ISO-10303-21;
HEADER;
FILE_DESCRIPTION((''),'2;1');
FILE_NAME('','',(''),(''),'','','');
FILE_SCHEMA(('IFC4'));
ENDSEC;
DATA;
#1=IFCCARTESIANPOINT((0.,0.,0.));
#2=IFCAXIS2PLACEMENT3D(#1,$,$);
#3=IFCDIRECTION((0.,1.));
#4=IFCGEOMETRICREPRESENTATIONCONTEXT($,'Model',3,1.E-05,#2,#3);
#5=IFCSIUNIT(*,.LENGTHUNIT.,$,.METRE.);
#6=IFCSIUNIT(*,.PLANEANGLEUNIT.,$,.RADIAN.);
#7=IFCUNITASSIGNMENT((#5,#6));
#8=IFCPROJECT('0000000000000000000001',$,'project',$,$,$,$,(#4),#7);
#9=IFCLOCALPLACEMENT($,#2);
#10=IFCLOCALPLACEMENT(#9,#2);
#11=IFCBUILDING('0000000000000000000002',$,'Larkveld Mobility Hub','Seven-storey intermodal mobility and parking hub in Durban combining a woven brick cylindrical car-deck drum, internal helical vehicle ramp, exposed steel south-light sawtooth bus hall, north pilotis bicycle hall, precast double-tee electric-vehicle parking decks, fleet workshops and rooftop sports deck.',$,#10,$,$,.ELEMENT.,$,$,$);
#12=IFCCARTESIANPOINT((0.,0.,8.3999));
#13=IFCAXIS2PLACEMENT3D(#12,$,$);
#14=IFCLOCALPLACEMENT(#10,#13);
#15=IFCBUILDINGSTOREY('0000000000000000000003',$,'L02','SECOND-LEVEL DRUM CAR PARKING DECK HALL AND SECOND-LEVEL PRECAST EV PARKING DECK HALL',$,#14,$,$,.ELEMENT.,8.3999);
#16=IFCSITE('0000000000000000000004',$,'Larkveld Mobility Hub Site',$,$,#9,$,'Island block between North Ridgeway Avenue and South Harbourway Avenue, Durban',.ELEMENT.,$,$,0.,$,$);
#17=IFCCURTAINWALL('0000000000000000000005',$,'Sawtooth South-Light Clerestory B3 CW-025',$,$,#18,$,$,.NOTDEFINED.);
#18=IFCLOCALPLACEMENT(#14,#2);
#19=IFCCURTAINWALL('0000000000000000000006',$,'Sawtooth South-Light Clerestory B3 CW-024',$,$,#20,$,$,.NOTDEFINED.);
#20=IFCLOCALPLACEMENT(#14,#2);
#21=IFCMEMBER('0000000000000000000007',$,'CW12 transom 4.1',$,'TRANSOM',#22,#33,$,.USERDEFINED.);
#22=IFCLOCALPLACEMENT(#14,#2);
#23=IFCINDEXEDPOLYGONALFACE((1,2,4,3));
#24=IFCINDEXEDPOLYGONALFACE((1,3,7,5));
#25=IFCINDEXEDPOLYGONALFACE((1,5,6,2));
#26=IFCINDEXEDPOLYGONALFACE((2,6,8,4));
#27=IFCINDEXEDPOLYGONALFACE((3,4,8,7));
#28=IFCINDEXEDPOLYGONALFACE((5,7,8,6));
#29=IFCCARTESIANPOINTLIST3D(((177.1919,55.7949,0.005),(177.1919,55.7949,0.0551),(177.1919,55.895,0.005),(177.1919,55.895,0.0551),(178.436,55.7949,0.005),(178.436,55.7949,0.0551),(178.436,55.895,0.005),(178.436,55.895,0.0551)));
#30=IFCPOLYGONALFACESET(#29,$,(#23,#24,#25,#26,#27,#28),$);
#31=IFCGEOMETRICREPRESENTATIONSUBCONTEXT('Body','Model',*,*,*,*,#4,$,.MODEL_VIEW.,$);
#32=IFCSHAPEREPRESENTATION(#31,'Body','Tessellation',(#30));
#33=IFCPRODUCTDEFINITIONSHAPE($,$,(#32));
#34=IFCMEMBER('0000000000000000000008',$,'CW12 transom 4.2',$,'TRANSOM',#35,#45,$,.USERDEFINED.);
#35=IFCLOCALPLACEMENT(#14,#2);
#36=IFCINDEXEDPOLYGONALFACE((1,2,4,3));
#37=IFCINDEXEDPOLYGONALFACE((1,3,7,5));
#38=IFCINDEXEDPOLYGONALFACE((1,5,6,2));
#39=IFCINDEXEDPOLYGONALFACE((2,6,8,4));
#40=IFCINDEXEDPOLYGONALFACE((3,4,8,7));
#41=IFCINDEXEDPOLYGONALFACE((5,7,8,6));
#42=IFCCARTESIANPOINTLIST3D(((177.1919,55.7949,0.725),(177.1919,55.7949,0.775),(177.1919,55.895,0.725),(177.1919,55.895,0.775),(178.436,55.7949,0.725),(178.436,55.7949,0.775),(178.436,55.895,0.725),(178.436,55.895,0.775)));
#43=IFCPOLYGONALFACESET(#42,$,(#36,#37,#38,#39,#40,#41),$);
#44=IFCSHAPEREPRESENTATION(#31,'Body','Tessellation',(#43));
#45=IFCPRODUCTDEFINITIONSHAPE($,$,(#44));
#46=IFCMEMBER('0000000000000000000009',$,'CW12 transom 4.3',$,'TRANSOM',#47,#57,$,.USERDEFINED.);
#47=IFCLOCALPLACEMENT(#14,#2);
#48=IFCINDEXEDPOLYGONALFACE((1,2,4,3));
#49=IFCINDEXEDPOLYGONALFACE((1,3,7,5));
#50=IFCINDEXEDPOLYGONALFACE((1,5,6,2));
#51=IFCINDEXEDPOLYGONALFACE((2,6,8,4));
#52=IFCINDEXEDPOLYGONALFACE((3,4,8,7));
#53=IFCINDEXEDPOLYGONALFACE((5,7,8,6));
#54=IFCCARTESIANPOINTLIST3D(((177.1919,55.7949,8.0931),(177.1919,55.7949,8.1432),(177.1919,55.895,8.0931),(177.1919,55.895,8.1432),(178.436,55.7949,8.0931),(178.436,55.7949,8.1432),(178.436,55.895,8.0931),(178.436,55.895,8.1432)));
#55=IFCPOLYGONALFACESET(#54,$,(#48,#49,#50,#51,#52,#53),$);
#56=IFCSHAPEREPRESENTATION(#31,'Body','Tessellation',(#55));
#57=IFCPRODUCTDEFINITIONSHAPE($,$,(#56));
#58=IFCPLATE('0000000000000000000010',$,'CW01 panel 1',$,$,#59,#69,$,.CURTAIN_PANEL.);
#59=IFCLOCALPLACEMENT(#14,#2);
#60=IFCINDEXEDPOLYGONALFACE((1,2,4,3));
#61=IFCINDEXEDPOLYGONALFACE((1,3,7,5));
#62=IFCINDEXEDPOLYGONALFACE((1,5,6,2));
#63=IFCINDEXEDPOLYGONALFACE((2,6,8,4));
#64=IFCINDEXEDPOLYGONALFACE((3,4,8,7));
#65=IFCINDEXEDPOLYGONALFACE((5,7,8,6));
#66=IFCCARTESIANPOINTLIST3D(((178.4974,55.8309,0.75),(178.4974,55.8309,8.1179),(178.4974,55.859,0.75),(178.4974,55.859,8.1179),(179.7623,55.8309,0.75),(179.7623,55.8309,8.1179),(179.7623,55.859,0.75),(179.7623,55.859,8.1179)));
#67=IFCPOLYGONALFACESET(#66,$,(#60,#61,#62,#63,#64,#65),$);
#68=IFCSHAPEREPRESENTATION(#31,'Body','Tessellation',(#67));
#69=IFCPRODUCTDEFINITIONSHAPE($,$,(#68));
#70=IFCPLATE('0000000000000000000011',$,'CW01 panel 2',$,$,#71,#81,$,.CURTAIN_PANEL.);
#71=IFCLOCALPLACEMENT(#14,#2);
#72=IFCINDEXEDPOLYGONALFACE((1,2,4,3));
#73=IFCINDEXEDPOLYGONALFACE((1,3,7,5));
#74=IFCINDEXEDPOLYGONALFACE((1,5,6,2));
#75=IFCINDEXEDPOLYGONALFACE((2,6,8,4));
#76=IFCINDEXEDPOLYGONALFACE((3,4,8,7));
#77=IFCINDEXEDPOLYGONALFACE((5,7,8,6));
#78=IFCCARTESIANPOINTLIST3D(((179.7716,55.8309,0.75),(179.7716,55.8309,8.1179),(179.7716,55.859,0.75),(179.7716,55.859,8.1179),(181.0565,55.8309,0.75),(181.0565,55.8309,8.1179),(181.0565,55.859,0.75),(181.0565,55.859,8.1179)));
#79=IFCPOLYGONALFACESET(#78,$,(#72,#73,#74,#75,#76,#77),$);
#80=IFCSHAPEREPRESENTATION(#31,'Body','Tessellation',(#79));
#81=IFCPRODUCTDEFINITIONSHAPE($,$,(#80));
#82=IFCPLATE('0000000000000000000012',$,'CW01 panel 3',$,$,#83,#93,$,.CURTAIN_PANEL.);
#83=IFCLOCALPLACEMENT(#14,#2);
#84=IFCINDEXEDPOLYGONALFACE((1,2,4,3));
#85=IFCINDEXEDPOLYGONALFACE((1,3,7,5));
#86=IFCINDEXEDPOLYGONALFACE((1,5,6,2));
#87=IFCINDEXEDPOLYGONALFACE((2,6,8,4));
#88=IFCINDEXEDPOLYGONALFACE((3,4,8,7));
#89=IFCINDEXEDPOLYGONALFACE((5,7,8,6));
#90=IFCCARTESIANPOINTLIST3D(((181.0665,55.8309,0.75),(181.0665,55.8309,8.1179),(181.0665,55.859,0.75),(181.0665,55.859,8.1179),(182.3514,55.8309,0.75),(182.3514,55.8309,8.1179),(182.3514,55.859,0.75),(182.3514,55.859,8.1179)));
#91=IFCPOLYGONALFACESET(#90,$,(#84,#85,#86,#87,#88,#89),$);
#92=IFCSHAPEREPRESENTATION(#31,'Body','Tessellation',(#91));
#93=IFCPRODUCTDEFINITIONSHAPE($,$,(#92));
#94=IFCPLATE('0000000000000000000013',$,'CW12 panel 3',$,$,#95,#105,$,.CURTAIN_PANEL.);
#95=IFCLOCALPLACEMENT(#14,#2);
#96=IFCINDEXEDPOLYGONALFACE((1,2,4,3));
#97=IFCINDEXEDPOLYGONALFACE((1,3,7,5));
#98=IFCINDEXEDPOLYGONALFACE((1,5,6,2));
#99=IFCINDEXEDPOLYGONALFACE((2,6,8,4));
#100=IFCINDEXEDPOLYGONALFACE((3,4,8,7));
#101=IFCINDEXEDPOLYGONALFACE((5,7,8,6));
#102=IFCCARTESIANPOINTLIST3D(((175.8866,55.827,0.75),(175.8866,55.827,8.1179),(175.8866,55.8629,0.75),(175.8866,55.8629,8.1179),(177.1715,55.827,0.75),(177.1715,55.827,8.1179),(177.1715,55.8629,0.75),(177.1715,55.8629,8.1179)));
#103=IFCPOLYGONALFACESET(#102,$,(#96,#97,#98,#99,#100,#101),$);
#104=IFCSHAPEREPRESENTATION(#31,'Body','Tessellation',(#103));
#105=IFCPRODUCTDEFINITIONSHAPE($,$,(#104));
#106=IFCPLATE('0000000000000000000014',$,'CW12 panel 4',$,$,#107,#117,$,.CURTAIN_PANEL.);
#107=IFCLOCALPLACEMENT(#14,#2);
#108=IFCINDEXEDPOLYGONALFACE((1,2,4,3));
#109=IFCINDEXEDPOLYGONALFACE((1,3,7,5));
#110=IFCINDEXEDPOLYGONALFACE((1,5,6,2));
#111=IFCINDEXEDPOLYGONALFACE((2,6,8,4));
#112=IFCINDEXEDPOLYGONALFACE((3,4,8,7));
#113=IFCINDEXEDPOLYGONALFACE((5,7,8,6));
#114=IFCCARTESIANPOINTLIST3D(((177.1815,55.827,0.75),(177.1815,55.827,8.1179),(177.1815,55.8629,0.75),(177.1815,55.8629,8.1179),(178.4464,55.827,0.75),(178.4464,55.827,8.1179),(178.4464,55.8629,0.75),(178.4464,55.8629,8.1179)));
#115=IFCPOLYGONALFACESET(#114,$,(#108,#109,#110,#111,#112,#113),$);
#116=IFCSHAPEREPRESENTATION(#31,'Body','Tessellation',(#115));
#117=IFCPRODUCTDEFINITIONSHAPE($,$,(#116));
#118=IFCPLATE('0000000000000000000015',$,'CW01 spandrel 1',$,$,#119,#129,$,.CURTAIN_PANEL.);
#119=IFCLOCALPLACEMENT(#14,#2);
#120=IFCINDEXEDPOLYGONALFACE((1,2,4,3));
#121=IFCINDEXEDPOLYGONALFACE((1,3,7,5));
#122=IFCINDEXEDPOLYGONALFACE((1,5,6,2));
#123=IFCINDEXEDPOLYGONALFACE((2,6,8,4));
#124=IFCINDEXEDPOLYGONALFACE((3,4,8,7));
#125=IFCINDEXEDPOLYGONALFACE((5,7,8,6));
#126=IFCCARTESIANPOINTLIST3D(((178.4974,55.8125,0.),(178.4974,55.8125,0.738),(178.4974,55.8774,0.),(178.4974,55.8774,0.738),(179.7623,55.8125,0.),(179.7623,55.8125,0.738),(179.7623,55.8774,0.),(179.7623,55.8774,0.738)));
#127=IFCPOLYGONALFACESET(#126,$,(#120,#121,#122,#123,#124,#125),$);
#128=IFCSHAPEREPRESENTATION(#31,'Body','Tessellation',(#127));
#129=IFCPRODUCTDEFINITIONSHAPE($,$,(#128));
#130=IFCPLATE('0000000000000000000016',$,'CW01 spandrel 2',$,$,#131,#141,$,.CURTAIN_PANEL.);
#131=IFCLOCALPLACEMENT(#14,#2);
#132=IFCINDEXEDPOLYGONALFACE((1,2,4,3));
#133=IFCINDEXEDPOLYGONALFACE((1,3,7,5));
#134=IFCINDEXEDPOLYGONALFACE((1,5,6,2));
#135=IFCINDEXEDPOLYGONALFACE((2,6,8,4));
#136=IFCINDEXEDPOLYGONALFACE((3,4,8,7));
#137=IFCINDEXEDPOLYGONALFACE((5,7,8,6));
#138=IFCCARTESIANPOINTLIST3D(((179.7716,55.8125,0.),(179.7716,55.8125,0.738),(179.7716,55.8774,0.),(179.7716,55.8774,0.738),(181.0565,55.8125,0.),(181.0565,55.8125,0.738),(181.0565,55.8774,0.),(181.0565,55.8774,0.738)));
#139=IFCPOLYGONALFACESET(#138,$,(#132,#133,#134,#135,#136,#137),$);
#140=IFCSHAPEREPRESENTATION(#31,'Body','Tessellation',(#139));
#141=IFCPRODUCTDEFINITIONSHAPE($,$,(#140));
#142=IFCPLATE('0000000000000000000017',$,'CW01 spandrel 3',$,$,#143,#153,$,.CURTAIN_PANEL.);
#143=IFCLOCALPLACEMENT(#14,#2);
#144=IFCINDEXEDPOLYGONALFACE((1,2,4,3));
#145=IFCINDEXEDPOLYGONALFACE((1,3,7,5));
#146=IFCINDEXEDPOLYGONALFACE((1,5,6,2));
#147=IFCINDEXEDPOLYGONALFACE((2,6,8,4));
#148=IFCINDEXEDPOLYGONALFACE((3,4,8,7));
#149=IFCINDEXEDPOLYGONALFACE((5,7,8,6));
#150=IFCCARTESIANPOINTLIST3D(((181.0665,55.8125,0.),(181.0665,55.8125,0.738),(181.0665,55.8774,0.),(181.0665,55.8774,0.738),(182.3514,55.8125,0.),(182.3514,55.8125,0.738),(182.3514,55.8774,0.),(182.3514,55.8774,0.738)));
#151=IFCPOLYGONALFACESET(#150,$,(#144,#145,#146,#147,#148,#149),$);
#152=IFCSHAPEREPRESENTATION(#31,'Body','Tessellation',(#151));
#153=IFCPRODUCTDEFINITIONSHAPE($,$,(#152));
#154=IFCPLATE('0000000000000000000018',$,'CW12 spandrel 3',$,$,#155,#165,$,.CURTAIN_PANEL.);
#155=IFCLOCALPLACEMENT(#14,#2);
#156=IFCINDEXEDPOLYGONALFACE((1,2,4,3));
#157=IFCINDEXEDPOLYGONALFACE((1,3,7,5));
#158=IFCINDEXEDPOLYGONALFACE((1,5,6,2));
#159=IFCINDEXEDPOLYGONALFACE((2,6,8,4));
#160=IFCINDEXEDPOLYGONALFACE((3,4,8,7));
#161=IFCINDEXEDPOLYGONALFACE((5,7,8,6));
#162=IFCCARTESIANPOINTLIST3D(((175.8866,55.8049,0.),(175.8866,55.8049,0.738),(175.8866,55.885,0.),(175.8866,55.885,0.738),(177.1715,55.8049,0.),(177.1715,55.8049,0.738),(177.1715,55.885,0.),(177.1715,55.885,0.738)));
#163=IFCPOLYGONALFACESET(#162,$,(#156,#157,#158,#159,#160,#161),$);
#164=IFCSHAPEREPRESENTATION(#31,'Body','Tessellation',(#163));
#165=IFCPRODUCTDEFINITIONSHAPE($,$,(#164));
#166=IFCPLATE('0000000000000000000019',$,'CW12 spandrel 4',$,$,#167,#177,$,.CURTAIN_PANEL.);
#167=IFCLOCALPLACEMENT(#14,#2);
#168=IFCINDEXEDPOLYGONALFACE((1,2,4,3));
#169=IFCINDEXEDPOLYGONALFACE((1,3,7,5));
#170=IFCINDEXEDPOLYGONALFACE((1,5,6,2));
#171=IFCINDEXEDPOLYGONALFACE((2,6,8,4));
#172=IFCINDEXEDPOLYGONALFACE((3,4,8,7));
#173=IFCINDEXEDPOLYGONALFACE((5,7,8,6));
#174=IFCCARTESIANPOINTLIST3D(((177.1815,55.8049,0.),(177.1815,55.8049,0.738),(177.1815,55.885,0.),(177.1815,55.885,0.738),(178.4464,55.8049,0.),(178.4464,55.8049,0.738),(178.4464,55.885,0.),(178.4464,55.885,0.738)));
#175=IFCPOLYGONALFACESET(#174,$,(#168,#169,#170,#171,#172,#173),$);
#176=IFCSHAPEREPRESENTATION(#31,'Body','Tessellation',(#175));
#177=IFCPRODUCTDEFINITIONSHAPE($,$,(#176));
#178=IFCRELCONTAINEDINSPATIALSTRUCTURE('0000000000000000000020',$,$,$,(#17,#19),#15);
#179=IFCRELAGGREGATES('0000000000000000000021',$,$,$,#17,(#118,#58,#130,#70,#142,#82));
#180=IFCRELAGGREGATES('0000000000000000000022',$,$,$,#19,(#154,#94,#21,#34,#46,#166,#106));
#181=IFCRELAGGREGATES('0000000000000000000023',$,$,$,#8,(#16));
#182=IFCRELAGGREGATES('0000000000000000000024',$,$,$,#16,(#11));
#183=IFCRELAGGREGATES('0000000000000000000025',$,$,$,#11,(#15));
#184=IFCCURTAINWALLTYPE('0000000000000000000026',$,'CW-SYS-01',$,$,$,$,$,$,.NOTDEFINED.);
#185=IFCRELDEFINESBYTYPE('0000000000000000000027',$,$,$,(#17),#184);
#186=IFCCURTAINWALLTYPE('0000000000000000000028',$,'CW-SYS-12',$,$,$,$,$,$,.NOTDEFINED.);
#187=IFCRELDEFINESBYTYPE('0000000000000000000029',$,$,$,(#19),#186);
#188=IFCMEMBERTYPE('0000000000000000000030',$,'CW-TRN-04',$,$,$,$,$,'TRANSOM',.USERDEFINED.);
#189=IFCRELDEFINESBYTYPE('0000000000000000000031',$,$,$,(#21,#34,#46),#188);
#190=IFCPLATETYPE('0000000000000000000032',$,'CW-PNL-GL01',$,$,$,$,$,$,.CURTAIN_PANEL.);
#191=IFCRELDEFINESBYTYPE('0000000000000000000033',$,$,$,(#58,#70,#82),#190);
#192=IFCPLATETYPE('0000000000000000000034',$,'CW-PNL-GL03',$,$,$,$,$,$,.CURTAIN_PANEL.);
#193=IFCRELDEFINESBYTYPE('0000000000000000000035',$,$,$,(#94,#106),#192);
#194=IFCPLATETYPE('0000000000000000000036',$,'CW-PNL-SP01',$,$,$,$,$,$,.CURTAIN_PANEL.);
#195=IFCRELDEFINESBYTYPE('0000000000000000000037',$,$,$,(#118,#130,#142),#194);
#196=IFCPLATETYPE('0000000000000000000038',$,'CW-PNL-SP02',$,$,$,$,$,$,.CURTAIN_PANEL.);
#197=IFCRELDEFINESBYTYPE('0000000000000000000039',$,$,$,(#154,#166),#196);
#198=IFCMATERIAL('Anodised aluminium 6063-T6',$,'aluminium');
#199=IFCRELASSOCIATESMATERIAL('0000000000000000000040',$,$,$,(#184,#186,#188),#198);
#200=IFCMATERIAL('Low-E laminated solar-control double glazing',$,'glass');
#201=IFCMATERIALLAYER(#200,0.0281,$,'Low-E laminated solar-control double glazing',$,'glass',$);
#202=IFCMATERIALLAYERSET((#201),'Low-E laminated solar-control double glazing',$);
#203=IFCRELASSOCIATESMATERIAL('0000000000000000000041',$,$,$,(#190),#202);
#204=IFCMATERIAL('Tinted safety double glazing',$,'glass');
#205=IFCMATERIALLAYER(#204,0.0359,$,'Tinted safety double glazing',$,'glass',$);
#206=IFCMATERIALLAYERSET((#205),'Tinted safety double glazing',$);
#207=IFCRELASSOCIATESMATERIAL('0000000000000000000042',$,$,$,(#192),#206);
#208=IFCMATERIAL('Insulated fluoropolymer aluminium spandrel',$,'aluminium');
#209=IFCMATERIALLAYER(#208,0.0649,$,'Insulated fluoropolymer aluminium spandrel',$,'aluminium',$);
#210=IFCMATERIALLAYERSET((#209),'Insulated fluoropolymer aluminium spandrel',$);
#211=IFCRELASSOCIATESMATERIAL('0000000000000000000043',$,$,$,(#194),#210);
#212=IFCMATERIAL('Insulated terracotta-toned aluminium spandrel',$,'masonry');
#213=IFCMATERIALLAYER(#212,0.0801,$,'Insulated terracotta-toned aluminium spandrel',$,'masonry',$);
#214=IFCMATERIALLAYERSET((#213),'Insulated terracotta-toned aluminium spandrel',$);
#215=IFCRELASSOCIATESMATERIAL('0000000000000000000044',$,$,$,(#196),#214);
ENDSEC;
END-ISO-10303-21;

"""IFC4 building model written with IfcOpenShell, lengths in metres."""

from ifc_helpers import new_model, si_unit, direction, frame, origin, origin_2d, place, context, subcontext, project, spatial, rectangle, extrude, material, layer, layer_set, material_profile, profile_set, type_object, element, aggregate, save


model = new_model("IFC4")

# Units and contexts
model_context = context("Model", 3, precision=1e-05, world=origin(), true_north=direction((0.0, 1.0)))
body_context = subcontext(model_context, "Body", "Model", "MODEL_VIEW")
ifc_project = project(units=[si_unit("LENGTHUNIT", "METRE"), si_unit("PLANEANGLEUNIT", "RADIAN")], contexts=[model_context])

# Site, building, storey
site_placement = place(None, origin())
site = spatial("IfcSite", under=ifc_project, at=site_placement, Name="Larkveld Mobility Hub Site", LongName="Island block between North Ridgeway Avenue and South Harbourway Avenue, Durban", CompositionType="ELEMENT", RefElevation=0.0)
building_placement = place(site_placement, origin())
building = spatial("IfcBuilding", under=site, at=building_placement, Name="Larkveld Mobility Hub", Description="Seven-storey intermodal mobility and parking hub in Durban combining a woven brick cylindrical car-deck drum, internal helical vehicle ramp, exposed steel south-light sawtooth bus hall, north pilotis bicycle hall, precast double-tee electric-vehicle parking decks, fleet workshops and rooftop sports deck.", CompositionType="ELEMENT")
storey_placement = place(building_placement, frame((0.0, 0.0, 8.3999)))
storey = spatial("IfcBuildingStorey", under=building, at=storey_placement, Name="L02", Description="SECOND-LEVEL DRUM CAR PARKING DECK HALL AND SECOND-LEVEL PRECAST EV PARKING DECK HALL", CompositionType="ELEMENT", Elevation=8.3999)

# Curtain walls
ifc_material_1 = material(Name="Anodised aluminium 6063-T6", Category="aluminium")
curtain_wall_type_1 = type_object("IfcCurtainWallType", Name="CW-SYS-01", PredefinedType="NOTDEFINED", material=ifc_material_1)
curtain_wall_1_placement = place(storey_placement, origin())
curtain_wall_1 = element("IfcCurtainWall", 1, at=curtain_wall_1_placement, inside=storey, type_object=curtain_wall_type_1, Name="Sawtooth South-Light Clerestory B3 CW-025", PredefinedType="NOTDEFINED")
curtain_wall_type_2 = type_object("IfcCurtainWallType", Name="CW-SYS-12", PredefinedType="NOTDEFINED", material=ifc_material_1)
curtain_wall_2_placement = place(storey_placement, origin())
curtain_wall_2 = element("IfcCurtainWall", 2, at=curtain_wall_2_placement, inside=storey, type_object=curtain_wall_type_2, Name="Sawtooth South-Light Clerestory B3 CW-024", PredefinedType="NOTDEFINED")

# Members
ifc_material_profile_1 = material_profile(ifc_material_1, rectangle(XDim=0.1001, YDim=0.05, at=origin_2d()), Name="ALU TRAN 50x100")
ifc_profile_set_1 = profile_set([ifc_material_profile_1], Name="Anodised aluminium 6063-T6")
member_type_1 = type_object("IfcMemberType", Name="CW-TRN-04", ElementType="TRANSOM", PredefinedType="USERDEFINED", material=ifc_profile_set_1)
member_1_placement = place(storey_placement, frame((177.1919, 55.845, 0.03), z_axis=(1.0, 0.0, 0.0), x_axis=(0.0, 1.0, 0.0)))
member_1 = element("IfcMember", 3, at=member_1_placement, type_object=member_type_1, Name="CW12 transom 4.1", ObjectType="TRANSOM", PredefinedType="USERDEFINED", context=body_context, shape_type="SweptSolid", body=[
    extrude(rectangle(XDim=0.1001, YDim=0.05, at=origin_2d()), origin(), (0.0, 0.0, 1.0), 1.2441),
])
member_2_placement = place(storey_placement, frame((177.1919, 55.845, 0.75), z_axis=(1.0, 0.0, 0.0), x_axis=(0.0, 1.0, 0.0)))
member_2 = element("IfcMember", 4, at=member_2_placement, type_object=member_type_1, Name="CW12 transom 4.2", ObjectType="TRANSOM", PredefinedType="USERDEFINED", context=body_context, shape_type="SweptSolid", body=[
    extrude(rectangle(XDim=0.1001, YDim=0.05, at=origin_2d()), origin(), (0.0, 0.0, 1.0), 1.2441),
])
member_3_placement = place(storey_placement, frame((177.1919, 55.845, 8.1182), z_axis=(1.0, 0.0, 0.0), x_axis=(0.0, 1.0, 0.0)))
member_3 = element("IfcMember", 5, at=member_3_placement, type_object=member_type_1, Name="CW12 transom 4.3", ObjectType="TRANSOM", PredefinedType="USERDEFINED", context=body_context, shape_type="SweptSolid", body=[
    extrude(rectangle(XDim=0.1001, YDim=0.05, at=origin_2d()), origin(), (0.0, 0.0, 1.0), 1.2441),
])

# Plates
ifc_material_2 = material(Name="Low-E laminated solar-control double glazing", Category="glass")
ifc_layer_1 = layer(ifc_material_2, 0.0281, Name="Low-E laminated solar-control double glazing", Category="glass")
ifc_layer_set_1 = layer_set([ifc_layer_1], Name="Low-E laminated solar-control double glazing")
plate_type_1 = type_object("IfcPlateType", Name="CW-PNL-GL01", PredefinedType="CURTAIN_PANEL", material=ifc_layer_set_1)
plate_1_placement = place(storey_placement, frame((179.1299, 55.845, 0.75), z_axis=(0.0, 0.0, 1.0), x_axis=(1.0, 0.0, 0.0)))
plate_1 = element("IfcPlate", 6, at=plate_1_placement, type_object=plate_type_1, Name="CW01 panel 1", PredefinedType="CURTAIN_PANEL", context=body_context, shape_type="SweptSolid", body=[
    extrude(rectangle(XDim=1.2649, YDim=0.0281, at=origin_2d()), origin(), (0.0, 0.0, 1.0), 7.3679),
])
plate_2_placement = place(storey_placement, frame((180.4141, 55.845, 0.75), z_axis=(0.0, 0.0, 1.0), x_axis=(1.0, 0.0, 0.0)))
plate_2 = element("IfcPlate", 7, at=plate_2_placement, type_object=plate_type_1, Name="CW01 panel 2", PredefinedType="CURTAIN_PANEL", context=body_context, shape_type="SweptSolid", body=[
    extrude(rectangle(XDim=1.2849, YDim=0.0281, at=origin_2d()), origin(), (0.0, 0.0, 1.0), 7.3679),
])
plate_3_placement = place(storey_placement, frame((181.709, 55.845, 0.75), z_axis=(0.0, 0.0, 1.0), x_axis=(1.0, 0.0, 0.0)))
plate_3 = element("IfcPlate", 8, at=plate_3_placement, type_object=plate_type_1, Name="CW01 panel 3", PredefinedType="CURTAIN_PANEL", context=body_context, shape_type="SweptSolid", body=[
    extrude(rectangle(XDim=1.2849, YDim=0.0281, at=origin_2d()), origin(), (0.0, 0.0, 1.0), 7.3679),
])
ifc_material_3 = material(Name="Tinted safety double glazing", Category="glass")
ifc_layer_2 = layer(ifc_material_3, 0.0359, Name="Tinted safety double glazing", Category="glass")
ifc_layer_set_2 = layer_set([ifc_layer_2], Name="Tinted safety double glazing")
plate_type_2 = type_object("IfcPlateType", Name="CW-PNL-GL03", PredefinedType="CURTAIN_PANEL", material=ifc_layer_set_2)
plate_4_placement = place(storey_placement, frame((176.5291, 55.845, 0.75), z_axis=(0.0, 0.0, 1.0), x_axis=(1.0, 0.0, 0.0)))
plate_4 = element("IfcPlate", 9, at=plate_4_placement, type_object=plate_type_2, Name="CW12 panel 3", PredefinedType="CURTAIN_PANEL", context=body_context, shape_type="SweptSolid", body=[
    extrude(rectangle(XDim=1.2849, YDim=0.0359, at=origin_2d()), origin(), (0.0, 0.0, 1.0), 7.3679),
])
plate_5_placement = place(storey_placement, frame((177.814, 55.845, 0.75), z_axis=(0.0, 0.0, 1.0), x_axis=(1.0, 0.0, 0.0)))
plate_5 = element("IfcPlate", 10, at=plate_5_placement, type_object=plate_type_2, Name="CW12 panel 4", PredefinedType="CURTAIN_PANEL", context=body_context, shape_type="SweptSolid", body=[
    extrude(rectangle(XDim=1.2649, YDim=0.0359, at=origin_2d()), origin(), (0.0, 0.0, 1.0), 7.3679),
])
ifc_material_4 = material(Name="Insulated fluoropolymer aluminium spandrel", Category="aluminium")
ifc_layer_3 = layer(ifc_material_4, 0.0649, Name="Insulated fluoropolymer aluminium spandrel", Category="aluminium")
ifc_layer_set_3 = layer_set([ifc_layer_3], Name="Insulated fluoropolymer aluminium spandrel")
plate_type_3 = type_object("IfcPlateType", Name="CW-PNL-SP01", PredefinedType="CURTAIN_PANEL", material=ifc_layer_set_3)
plate_6_placement = place(storey_placement, frame((179.1299, 55.845, 0.0), z_axis=(0.0, 0.0, 1.0), x_axis=(1.0, 0.0, 0.0)))
plate_6 = element("IfcPlate", 11, at=plate_6_placement, type_object=plate_type_3, Name="CW01 spandrel 1", PredefinedType="CURTAIN_PANEL", context=body_context, shape_type="SweptSolid", body=[
    extrude(rectangle(XDim=1.2649, YDim=0.0649, at=origin_2d()), origin(), (0.0, 0.0, 1.0), 0.738),
])
plate_7_placement = place(storey_placement, frame((180.4141, 55.845, 0.0), z_axis=(0.0, 0.0, 1.0), x_axis=(1.0, 0.0, 0.0)))
plate_7 = element("IfcPlate", 12, at=plate_7_placement, type_object=plate_type_3, Name="CW01 spandrel 2", PredefinedType="CURTAIN_PANEL", context=body_context, shape_type="SweptSolid", body=[
    extrude(rectangle(XDim=1.2849, YDim=0.0649, at=origin_2d()), origin(), (0.0, 0.0, 1.0), 0.738),
])
plate_8_placement = place(storey_placement, frame((181.709, 55.845, 0.0), z_axis=(0.0, 0.0, 1.0), x_axis=(1.0, 0.0, 0.0)))
plate_8 = element("IfcPlate", 13, at=plate_8_placement, type_object=plate_type_3, Name="CW01 spandrel 3", PredefinedType="CURTAIN_PANEL", context=body_context, shape_type="SweptSolid", body=[
    extrude(rectangle(XDim=1.2849, YDim=0.0649, at=origin_2d()), origin(), (0.0, 0.0, 1.0), 0.738),
])
aggregate(curtain_wall_1, [plate_6, plate_1, plate_7, plate_2, plate_8, plate_3])
ifc_material_5 = material(Name="Insulated terracotta-toned aluminium spandrel", Category="masonry")
ifc_layer_4 = layer(ifc_material_5, 0.0801, Name="Insulated terracotta-toned aluminium spandrel", Category="masonry")
ifc_layer_set_4 = layer_set([ifc_layer_4], Name="Insulated terracotta-toned aluminium spandrel")
plate_type_4 = type_object("IfcPlateType", Name="CW-PNL-SP02", PredefinedType="CURTAIN_PANEL", material=ifc_layer_set_4)
plate_9_placement = place(storey_placement, frame((176.5291, 55.845, 0.0), z_axis=(0.0, 0.0, 1.0), x_axis=(1.0, 0.0, 0.0)))
plate_9 = element("IfcPlate", 14, at=plate_9_placement, type_object=plate_type_4, Name="CW12 spandrel 3", PredefinedType="CURTAIN_PANEL", context=body_context, shape_type="SweptSolid", body=[
    extrude(rectangle(XDim=1.2849, YDim=0.0801, at=origin_2d()), origin(), (0.0, 0.0, 1.0), 0.738),
])
plate_10_placement = place(storey_placement, frame((177.814, 55.845, 0.0), z_axis=(0.0, 0.0, 1.0), x_axis=(1.0, 0.0, 0.0)))
plate_10 = element("IfcPlate", 15, at=plate_10_placement, type_object=plate_type_4, Name="CW12 spandrel 4", PredefinedType="CURTAIN_PANEL", context=body_context, shape_type="SweptSolid", body=[
    extrude(rectangle(XDim=1.2649, YDim=0.0801, at=origin_2d()), origin(), (0.0, 0.0, 1.0), 0.738),
])
aggregate(curtain_wall_2, [plate_9, plate_4, member_1, member_2, member_3, plate_10, plate_5])

save(model, "model.ifc")
